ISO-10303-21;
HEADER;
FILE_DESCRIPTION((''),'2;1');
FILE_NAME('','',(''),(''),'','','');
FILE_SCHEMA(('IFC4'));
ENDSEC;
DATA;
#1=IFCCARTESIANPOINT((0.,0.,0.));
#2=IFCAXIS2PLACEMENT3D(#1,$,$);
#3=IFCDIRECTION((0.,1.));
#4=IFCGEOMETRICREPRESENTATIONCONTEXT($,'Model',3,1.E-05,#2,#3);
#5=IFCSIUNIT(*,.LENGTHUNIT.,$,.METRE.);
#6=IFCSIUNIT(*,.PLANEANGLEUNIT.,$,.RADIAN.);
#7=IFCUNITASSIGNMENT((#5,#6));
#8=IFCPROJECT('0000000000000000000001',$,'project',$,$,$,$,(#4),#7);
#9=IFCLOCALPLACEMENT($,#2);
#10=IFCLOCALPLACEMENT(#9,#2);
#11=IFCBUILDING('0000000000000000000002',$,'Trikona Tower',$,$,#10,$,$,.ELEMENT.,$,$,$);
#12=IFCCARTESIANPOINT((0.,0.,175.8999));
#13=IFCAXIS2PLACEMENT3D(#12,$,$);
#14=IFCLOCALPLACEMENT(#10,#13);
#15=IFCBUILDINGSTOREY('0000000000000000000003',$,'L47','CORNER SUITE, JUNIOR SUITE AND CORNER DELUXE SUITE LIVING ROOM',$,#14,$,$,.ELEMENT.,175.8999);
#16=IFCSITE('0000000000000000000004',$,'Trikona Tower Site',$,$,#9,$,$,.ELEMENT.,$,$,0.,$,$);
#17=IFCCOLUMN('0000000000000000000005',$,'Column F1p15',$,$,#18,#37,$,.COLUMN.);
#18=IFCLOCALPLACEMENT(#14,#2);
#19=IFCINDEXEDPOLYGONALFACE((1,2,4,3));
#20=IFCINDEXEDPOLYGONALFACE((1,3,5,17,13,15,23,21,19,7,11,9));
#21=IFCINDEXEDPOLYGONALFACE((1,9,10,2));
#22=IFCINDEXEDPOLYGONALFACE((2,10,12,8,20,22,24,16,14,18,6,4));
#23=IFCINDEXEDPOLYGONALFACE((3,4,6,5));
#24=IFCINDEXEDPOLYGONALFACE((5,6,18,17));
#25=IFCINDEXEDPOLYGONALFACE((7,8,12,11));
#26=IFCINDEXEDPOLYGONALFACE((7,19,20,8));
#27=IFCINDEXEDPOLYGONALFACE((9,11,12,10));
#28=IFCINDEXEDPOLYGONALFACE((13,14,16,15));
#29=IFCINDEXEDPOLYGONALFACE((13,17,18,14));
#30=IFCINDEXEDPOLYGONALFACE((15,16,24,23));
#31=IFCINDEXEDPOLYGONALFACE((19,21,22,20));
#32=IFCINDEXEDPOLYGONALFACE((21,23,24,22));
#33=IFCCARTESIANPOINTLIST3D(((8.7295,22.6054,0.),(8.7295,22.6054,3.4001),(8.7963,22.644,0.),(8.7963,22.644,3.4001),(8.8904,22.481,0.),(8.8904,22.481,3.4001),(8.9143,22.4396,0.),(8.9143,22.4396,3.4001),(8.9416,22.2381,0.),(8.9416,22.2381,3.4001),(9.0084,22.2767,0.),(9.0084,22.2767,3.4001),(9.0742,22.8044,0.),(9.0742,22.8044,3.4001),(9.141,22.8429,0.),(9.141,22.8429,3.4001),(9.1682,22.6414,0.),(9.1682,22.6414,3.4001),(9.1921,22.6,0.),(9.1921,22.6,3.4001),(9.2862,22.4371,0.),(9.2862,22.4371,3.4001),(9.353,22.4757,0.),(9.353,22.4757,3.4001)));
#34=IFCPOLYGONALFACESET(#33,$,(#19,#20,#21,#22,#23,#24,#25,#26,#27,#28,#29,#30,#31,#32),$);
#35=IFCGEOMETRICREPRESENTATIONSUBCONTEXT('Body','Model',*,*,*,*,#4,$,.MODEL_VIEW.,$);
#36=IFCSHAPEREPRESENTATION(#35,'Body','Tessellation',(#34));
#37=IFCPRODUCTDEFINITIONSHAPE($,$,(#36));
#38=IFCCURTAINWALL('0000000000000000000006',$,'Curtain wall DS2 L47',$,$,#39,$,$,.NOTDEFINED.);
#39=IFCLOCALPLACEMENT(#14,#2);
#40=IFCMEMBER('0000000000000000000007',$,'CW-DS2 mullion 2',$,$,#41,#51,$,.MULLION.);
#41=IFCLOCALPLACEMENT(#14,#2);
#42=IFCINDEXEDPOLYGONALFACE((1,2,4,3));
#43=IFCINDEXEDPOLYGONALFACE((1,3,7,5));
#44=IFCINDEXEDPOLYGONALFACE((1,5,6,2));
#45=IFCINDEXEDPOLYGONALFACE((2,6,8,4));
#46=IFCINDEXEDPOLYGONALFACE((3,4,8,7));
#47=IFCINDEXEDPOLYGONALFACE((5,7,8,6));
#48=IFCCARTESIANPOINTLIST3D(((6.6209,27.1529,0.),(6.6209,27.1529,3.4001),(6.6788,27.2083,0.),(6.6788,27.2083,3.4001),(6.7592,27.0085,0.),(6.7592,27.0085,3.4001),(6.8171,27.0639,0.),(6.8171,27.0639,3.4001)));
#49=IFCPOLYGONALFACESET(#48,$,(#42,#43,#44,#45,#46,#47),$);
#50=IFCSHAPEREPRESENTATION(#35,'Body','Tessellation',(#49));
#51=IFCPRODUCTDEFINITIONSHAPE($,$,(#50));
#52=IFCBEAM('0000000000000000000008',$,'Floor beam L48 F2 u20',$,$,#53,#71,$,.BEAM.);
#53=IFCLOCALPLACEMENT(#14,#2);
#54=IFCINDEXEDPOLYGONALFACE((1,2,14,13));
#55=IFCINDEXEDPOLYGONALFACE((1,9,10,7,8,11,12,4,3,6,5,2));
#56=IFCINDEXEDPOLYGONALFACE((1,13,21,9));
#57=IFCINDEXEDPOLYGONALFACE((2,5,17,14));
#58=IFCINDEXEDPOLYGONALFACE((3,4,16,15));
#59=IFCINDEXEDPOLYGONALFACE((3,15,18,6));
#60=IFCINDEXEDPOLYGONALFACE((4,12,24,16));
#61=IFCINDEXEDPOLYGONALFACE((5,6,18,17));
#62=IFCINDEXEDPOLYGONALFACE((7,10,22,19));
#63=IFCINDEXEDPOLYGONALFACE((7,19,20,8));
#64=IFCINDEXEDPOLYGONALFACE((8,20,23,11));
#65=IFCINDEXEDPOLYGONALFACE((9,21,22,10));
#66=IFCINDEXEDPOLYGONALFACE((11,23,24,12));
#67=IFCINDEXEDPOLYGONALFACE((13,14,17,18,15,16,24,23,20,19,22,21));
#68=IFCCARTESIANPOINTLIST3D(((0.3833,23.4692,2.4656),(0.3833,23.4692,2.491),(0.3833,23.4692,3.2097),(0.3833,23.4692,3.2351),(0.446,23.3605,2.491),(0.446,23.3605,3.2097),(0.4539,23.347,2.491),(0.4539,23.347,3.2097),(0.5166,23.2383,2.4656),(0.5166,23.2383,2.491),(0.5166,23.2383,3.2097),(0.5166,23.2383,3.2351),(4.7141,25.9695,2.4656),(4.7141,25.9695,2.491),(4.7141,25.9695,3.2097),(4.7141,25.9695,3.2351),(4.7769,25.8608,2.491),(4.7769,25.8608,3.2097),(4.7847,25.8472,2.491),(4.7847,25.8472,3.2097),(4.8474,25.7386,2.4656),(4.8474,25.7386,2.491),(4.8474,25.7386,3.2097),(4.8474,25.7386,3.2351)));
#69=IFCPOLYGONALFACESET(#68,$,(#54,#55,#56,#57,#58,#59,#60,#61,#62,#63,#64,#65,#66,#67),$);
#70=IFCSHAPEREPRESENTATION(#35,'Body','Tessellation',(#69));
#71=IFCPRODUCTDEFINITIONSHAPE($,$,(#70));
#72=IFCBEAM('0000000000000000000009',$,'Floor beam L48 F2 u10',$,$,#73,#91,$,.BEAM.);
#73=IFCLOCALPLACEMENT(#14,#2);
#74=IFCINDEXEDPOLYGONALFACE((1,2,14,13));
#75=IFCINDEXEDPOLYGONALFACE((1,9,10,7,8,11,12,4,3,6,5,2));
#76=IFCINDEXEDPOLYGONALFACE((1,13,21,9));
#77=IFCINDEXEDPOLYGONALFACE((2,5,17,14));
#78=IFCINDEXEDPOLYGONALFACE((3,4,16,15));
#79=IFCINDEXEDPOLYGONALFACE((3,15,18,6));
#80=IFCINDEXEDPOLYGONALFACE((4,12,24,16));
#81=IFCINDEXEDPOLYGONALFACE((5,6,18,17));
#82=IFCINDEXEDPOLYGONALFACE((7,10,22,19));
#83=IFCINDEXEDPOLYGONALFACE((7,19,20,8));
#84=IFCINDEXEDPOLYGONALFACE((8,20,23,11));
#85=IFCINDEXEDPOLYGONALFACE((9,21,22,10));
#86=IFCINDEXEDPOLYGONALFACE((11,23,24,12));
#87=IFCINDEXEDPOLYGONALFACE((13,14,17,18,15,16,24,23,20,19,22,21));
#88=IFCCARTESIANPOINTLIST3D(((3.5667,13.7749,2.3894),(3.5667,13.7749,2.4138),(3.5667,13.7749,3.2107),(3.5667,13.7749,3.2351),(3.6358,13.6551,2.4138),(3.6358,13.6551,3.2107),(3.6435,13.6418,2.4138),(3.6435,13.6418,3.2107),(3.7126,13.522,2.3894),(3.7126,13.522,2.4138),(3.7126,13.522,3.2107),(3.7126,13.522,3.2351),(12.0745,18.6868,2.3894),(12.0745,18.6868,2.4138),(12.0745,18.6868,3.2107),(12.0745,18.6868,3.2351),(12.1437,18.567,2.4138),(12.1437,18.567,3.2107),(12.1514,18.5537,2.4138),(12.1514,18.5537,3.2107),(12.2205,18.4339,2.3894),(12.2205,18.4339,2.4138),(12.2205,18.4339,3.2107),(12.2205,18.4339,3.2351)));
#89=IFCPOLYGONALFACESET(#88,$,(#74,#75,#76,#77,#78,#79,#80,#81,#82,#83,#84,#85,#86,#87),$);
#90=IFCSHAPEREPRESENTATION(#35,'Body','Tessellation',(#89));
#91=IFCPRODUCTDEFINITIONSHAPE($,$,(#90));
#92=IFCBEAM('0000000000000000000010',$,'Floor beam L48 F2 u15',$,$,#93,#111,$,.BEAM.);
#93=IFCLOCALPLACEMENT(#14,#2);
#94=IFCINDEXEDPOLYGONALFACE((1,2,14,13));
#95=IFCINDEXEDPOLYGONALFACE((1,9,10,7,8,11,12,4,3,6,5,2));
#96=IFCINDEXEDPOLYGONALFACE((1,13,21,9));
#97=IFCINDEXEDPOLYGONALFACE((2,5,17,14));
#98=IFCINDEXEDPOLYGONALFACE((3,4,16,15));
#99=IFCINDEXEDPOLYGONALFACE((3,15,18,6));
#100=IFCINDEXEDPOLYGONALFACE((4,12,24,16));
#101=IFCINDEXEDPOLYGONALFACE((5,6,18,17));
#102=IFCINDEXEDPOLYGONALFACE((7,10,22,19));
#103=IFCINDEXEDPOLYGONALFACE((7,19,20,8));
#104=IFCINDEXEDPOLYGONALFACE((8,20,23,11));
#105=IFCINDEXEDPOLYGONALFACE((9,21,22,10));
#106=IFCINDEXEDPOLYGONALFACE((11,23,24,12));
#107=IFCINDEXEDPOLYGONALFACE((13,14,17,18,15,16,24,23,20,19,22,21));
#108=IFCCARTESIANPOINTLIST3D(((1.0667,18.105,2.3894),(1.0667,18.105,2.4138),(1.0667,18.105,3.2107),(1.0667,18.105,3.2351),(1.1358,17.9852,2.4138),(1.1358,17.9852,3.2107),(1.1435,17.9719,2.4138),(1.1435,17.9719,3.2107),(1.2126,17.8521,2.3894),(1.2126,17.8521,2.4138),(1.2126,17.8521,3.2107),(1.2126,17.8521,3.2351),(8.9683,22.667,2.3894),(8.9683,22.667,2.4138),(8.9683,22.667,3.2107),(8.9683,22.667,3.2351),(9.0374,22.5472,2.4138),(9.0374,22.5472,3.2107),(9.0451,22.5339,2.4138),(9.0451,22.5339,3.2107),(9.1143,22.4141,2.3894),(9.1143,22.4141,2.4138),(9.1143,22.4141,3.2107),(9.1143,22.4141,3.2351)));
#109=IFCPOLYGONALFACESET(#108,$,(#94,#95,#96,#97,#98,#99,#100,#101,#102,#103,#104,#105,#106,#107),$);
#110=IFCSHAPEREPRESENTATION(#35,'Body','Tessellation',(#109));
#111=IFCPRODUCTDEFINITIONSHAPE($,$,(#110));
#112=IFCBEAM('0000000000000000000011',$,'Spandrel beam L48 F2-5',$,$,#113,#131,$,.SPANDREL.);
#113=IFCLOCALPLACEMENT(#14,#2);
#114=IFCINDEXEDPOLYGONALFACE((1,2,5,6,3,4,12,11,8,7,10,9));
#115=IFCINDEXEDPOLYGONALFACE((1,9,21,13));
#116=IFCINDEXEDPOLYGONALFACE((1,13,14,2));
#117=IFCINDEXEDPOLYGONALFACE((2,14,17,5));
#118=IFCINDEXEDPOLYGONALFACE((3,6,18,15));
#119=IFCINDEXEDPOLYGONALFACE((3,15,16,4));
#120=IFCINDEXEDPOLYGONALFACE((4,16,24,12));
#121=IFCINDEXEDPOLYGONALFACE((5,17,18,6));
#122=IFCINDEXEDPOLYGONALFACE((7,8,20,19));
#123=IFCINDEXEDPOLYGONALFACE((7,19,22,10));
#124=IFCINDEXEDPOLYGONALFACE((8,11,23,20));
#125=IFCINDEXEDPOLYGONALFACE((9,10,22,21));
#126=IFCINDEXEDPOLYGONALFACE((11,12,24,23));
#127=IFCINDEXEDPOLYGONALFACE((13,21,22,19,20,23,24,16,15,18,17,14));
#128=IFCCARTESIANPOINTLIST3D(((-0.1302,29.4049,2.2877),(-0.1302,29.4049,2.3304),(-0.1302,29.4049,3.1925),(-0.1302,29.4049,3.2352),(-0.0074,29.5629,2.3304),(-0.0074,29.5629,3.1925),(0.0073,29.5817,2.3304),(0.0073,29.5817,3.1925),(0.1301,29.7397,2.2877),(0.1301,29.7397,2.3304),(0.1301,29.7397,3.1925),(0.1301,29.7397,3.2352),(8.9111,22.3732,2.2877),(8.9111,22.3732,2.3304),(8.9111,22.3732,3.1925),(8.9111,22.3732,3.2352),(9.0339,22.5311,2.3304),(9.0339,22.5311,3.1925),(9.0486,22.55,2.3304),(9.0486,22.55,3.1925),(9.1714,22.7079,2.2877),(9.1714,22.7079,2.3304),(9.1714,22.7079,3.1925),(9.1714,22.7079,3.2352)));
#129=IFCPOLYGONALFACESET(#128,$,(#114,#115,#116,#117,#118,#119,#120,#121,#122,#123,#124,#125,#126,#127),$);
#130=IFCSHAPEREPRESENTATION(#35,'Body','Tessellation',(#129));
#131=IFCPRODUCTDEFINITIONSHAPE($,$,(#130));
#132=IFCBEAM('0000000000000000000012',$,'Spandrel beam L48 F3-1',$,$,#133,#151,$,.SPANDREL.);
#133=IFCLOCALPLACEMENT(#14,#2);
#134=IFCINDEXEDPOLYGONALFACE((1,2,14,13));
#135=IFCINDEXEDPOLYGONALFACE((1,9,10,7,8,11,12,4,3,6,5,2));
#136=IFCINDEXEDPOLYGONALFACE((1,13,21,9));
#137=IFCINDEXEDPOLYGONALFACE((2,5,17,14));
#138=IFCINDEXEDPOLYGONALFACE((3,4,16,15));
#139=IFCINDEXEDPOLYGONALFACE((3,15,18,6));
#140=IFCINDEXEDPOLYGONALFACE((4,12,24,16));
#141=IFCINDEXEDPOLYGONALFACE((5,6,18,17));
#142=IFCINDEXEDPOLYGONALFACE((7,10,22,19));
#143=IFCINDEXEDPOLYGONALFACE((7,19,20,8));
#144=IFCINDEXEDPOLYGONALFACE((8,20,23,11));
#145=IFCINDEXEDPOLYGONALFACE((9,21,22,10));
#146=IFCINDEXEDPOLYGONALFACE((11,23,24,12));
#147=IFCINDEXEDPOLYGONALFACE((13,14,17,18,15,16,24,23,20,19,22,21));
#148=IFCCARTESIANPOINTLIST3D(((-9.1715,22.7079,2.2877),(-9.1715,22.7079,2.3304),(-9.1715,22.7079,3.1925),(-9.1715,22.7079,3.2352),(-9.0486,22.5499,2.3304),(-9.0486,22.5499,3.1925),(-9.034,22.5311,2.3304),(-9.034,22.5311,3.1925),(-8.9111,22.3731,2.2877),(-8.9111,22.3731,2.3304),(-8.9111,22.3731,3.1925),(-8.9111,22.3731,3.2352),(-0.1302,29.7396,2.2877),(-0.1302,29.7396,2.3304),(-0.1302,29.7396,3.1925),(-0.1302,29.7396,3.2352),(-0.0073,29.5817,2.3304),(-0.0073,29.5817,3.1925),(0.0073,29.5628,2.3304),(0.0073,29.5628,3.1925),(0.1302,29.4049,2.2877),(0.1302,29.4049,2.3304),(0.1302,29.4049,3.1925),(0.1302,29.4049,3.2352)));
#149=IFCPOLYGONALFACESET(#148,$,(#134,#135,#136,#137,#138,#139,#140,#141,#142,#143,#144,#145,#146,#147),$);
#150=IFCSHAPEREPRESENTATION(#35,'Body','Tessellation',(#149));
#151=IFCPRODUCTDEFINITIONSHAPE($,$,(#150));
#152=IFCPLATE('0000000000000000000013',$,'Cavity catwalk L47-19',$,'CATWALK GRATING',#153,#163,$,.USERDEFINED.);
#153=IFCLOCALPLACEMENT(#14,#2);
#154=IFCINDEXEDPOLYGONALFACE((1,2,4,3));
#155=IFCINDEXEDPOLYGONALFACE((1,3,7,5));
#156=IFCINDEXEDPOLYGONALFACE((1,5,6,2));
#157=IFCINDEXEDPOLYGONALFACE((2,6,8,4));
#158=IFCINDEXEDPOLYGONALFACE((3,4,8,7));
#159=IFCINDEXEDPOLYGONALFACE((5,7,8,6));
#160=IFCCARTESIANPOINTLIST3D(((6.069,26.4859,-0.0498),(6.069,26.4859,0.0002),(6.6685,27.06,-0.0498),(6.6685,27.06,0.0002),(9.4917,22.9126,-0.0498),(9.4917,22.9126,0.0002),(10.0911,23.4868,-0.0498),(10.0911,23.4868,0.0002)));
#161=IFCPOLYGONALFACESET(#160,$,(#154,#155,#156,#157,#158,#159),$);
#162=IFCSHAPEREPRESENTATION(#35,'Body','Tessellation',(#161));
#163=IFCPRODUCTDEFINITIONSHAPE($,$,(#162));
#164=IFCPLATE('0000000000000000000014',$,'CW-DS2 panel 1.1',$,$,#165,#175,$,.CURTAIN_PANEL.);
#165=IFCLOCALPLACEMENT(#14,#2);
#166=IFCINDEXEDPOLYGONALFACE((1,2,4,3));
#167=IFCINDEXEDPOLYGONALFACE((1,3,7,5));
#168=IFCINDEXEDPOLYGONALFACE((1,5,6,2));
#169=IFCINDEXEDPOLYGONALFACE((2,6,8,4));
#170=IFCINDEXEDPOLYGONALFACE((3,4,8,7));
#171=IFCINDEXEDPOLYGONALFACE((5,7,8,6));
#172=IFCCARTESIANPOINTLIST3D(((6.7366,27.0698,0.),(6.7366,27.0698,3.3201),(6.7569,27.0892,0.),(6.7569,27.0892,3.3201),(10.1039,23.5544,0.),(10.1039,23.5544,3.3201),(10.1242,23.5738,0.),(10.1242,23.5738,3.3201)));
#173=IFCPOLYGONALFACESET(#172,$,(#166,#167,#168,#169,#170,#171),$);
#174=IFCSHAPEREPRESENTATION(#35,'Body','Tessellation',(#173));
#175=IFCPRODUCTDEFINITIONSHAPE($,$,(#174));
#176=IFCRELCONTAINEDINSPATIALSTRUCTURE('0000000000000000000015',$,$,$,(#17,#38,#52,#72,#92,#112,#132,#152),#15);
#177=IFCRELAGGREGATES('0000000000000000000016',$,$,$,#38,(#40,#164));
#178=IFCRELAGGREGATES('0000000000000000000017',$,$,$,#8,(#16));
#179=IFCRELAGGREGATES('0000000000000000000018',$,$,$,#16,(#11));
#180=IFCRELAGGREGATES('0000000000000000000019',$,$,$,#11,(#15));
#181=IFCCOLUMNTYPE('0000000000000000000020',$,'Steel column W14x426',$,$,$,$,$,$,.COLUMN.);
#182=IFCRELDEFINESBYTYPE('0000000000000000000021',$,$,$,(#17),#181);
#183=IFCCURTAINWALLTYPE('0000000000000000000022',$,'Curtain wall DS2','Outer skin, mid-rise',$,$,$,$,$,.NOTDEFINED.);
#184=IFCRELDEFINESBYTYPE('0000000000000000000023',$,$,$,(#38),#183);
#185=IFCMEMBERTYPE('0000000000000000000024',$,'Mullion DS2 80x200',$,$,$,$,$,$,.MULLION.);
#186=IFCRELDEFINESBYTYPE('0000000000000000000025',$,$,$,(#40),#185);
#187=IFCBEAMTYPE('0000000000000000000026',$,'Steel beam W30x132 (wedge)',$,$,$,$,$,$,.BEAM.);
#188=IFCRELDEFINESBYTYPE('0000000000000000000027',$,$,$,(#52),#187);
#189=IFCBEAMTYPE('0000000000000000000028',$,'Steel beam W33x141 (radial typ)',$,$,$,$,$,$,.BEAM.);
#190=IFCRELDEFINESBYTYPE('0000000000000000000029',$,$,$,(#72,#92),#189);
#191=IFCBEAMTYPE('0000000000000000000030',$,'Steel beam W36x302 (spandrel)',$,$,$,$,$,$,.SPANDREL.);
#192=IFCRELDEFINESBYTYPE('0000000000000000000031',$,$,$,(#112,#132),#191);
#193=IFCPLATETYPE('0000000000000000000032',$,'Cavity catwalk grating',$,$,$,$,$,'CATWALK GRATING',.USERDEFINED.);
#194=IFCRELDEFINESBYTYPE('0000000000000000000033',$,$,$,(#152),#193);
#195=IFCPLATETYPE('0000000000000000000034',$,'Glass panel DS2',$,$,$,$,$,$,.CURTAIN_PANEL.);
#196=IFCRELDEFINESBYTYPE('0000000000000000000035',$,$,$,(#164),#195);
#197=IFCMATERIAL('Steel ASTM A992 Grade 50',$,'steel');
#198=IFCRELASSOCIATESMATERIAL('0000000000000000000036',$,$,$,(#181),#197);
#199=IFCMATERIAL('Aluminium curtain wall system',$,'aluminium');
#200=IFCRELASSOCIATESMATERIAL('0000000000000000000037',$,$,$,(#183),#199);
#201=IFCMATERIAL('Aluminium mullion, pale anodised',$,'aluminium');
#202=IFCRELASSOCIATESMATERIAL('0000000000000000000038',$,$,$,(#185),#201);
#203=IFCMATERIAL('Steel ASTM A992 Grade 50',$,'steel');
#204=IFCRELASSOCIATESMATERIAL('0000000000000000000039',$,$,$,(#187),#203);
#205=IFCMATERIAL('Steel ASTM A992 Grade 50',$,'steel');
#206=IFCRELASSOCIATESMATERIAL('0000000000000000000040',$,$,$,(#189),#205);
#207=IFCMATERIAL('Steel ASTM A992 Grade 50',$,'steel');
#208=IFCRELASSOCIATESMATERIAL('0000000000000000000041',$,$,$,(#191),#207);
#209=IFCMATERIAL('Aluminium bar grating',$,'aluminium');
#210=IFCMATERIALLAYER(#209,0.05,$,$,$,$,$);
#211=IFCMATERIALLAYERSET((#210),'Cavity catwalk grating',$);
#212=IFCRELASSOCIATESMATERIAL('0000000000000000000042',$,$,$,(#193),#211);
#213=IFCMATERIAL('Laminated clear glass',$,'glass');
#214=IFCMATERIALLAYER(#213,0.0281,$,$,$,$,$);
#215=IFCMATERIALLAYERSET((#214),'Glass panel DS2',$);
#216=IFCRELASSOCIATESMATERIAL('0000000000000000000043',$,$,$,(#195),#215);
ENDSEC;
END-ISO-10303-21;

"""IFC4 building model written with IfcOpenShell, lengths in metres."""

from ifc_helpers import new_model, si_unit, direction, frame, origin, origin_2d, place, context, subcontext, project, spatial, rectangle, i_section, extrude, material, layer, layer_set, material_profile, profile_set, type_object, element, aggregate, save


model = new_model("IFC4")

# Units and contexts
model_context = context("Model", 3, precision=1e-05, world=origin(), true_north=direction((0.0, 1.0)))
body_context = subcontext(model_context, "Body", "Model", "MODEL_VIEW")
ifc_project = project(units=[si_unit("LENGTHUNIT", "METRE"), si_unit("PLANEANGLEUNIT", "RADIAN")], contexts=[model_context])

# Site, building, storey
site_placement = place(None, origin())
site = spatial("IfcSite", under=ifc_project, at=site_placement, Name="Trikona Tower Site", CompositionType="ELEMENT", RefElevation=0.0)
building_placement = place(site_placement, origin())
building = spatial("IfcBuilding", under=site, at=building_placement, Name="Trikona Tower", CompositionType="ELEMENT")
storey_placement = place(building_placement, frame((0.0, 0.0, 175.8999)))
storey = spatial("IfcBuildingStorey", under=building, at=storey_placement, Name="L47", Description="CORNER SUITE, JUNIOR SUITE AND CORNER DELUXE SUITE LIVING ROOM", CompositionType="ELEMENT", Elevation=175.8999)

# Column
ifc_material_1 = material(Name="Steel ASTM A992 Grade 50", Category="steel")
ifc_material_profile_1 = material_profile(ifc_material_1, i_section(OverallWidth=0.4241, OverallDepth=0.4751, WebThickness=0.0479, FlangeThickness=0.0771, at=origin_2d()), Name="W14X426")
ifc_profile_set_1 = profile_set([ifc_material_profile_1], Name="Steel ASTM A992 Grade 50")
column_type = type_object("IfcColumnType", Name="Steel column W14x426", PredefinedType="COLUMN", material=ifc_profile_set_1)
column_placement = place(storey_placement, frame((9.0413, 22.5405, 0.0), z_axis=(0.0, 0.0, 1.0), x_axis=(-0.5, 0.866025, 0.0)))
element("IfcColumn", 1, at=column_placement, inside=storey, type_object=column_type, Name="Column F1p15", PredefinedType="COLUMN", context=body_context, shape_type="SweptSolid", body=[
    extrude(i_section(OverallWidth=0.4241, OverallDepth=0.4751, WebThickness=0.0479, FlangeThickness=0.0771, at=origin_2d()), origin(), (0.0, 0.0, 1.0), 3.4001),
])

# Curtain wall, member
ifc_material_2 = material(Name="Aluminium curtain wall system", Category="aluminium")
curtain_wall_type = type_object("IfcCurtainWallType", Name="Curtain wall DS2", Description="Outer skin, mid-rise", PredefinedType="NOTDEFINED", material=ifc_material_2)
curtain_wall_placement = place(storey_placement, origin())
curtain_wall = element("IfcCurtainWall", 2, at=curtain_wall_placement, inside=storey, type_object=curtain_wall_type, Name="Curtain wall DS2 L47", PredefinedType="NOTDEFINED")
ifc_material_3 = material(Name="Aluminium mullion, pale anodised", Category="aluminium")
ifc_material_profile_2 = material_profile(ifc_material_3, rectangle(XDim=0.0801, YDim=0.2, at=origin_2d()), Name="MUL-DS2")
ifc_profile_set_2 = profile_set([ifc_material_profile_2], Name="Aluminium mullion, pale anodised")
member_type = type_object("IfcMemberType", Name="Mullion DS2 80x200", PredefinedType="MULLION", material=ifc_profile_set_2)
member_placement = place(storey_placement, frame((6.719, 27.1084, 0.0), z_axis=(0.0, 0.0, 1.0), x_axis=(-0.722158, -0.691728, 0.0)))
member = element("IfcMember", 3, at=member_placement, type_object=member_type, Name="CW-DS2 mullion 2", PredefinedType="MULLION", context=body_context, shape_type="SweptSolid", body=[
    extrude(rectangle(XDim=0.0801, YDim=0.2, at=origin_2d()), origin(), (0.0, 0.0, 1.0), 3.4001),
])

# Beams
ifc_material_4 = material(Name="Steel ASTM A992 Grade 50", Category="steel")
ifc_material_profile_3 = material_profile(ifc_material_4, i_section(OverallWidth=0.2666, OverallDepth=0.7695, WebThickness=0.0156, FlangeThickness=0.0254, at=origin_2d()), Name="W30X132")
ifc_profile_set_3 = profile_set([ifc_material_profile_3], Name="Steel ASTM A992 Grade 50")
beam_type_1 = type_object("IfcBeamType", Name="Steel beam W30x132 (wedge)", PredefinedType="BEAM", material=ifc_profile_set_3)
beam_1_placement = place(storey_placement, frame((0.45, 23.3538, 2.8503), z_axis=(0.866038, 0.499977, 0.0), x_axis=(-0.499977, 0.866038, 0.0)))
element("IfcBeam", 4, at=beam_1_placement, inside=storey, type_object=beam_type_1, Name="Floor beam L48 F2 u20", PredefinedType="BEAM", context=body_context, shape_type="SweptSolid", body=[
    extrude(i_section(OverallWidth=0.2666, OverallDepth=0.7695, WebThickness=0.0156, FlangeThickness=0.0254, at=origin_2d()), origin(), (0.0, 0.0, 1.0), 5.0007),
])
ifc_material_5 = material(Name="Steel ASTM A992 Grade 50", Category="steel")
ifc_material_profile_4 = material_profile(ifc_material_5, i_section(OverallWidth=0.292, OverallDepth=0.8457, WebThickness=0.0154, FlangeThickness=0.0244, at=origin_2d()), Name="W33X141")
ifc_profile_set_4 = profile_set([ifc_material_profile_4], Name="Steel ASTM A992 Grade 50")
beam_type_2 = type_object("IfcBeamType", Name="Steel beam W33x141 (radial typ)", PredefinedType="BEAM", material=ifc_profile_set_4)
beam_2_placement = place(storey_placement, frame((3.6396, 13.6484, 2.8123), z_axis=(0.866031, 0.499991, 0.0), x_axis=(-0.499991, 0.866031, 0.0)))
element("IfcBeam", 5, at=beam_2_placement, inside=storey, type_object=beam_type_2, Name="Floor beam L48 F2 u10", PredefinedType="BEAM", context=body_context, shape_type="SweptSolid", body=[
    extrude(i_section(OverallWidth=0.292, OverallDepth=0.8457, WebThickness=0.0154, FlangeThickness=0.0244, at=origin_2d()), origin(), (0.0, 0.0, 1.0), 9.824),
])
beam_3_placement = place(storey_placement, frame((1.1396, 17.9785, 2.8123), z_axis=(0.866025, 0.500001, 0.0), x_axis=(-0.500001, 0.866025, 0.0)))
element("IfcBeam", 6, at=beam_3_placement, inside=storey, type_object=beam_type_2, Name="Floor beam L48 F2 u15", PredefinedType="BEAM", context=body_context, shape_type="SweptSolid", body=[
    extrude(i_section(OverallWidth=0.292, OverallDepth=0.8457, WebThickness=0.0154, FlangeThickness=0.0244, at=origin_2d()), origin(), (0.0, 0.0, 1.0), 9.124),
])
ifc_material_6 = material(Name="Steel ASTM A992 Grade 50", Category="steel")
ifc_material_profile_5 = material_profile(ifc_material_6, i_section(OverallWidth=0.4241, OverallDepth=0.9475, WebThickness=0.0239, FlangeThickness=0.0427, at=origin_2d()), Name="W36X302")
ifc_profile_set_5 = profile_set([ifc_material_profile_5], Name="Steel ASTM A992 Grade 50")
beam_type_3 = type_object("IfcBeamType", Name="Steel beam W36x302 (spandrel)", PredefinedType="SPANDREL", material=ifc_profile_set_5)
for number, where, z_axis, x_axis, name in (
    (7, (9.0413, 22.5405, 2.7615), (-0.789367, 0.613921, 0.0), (-0.613921, -0.789367, 0.0), "Spandrel beam L48 F2-5"),
    (8, (0.0, 29.5723, 2.7615), (-0.789367, -0.613921, 0.0), (0.613921, -0.789367, 0.0), "Spandrel beam L48 F3-1"),
):
    element("IfcBeam", number, at=place(storey_placement, frame(where, z_axis=z_axis, x_axis=x_axis)), inside=storey, type_object=beam_type_3, Name=name, PredefinedType="SPANDREL", context=body_context, shape_type="SweptSolid", body=[
        extrude(i_section(OverallWidth=0.4241, OverallDepth=0.9475, WebThickness=0.0239, FlangeThickness=0.0427, at=origin_2d()), origin(), (0.0, 0.0, 1.0), 11.4539),
    ])

# Plates
ifc_material_7 = material(Name="Aluminium bar grating", Category="aluminium")
ifc_layer_1 = layer(ifc_material_7, 0.05)
ifc_layer_set_1 = layer_set([ifc_layer_1], Name="Cavity catwalk grating")
plate_type_1 = type_object("IfcPlateType", Name="Cavity catwalk grating", ElementType="CATWALK GRATING", PredefinedType="USERDEFINED", material=ifc_layer_set_1)
plate_1_placement = place(storey_placement, frame((8.0801, 24.9863, -0.0498), z_axis=(0.0, 0.0, 1.0), x_axis=(-0.691724, 0.722162, 0.0)))
element("IfcPlate", 9, at=plate_1_placement, inside=storey, type_object=plate_type_1, Name="Cavity catwalk L47-19", ObjectType="CATWALK GRATING", PredefinedType="USERDEFINED", context=body_context, shape_type="SweptSolid", body=[
    extrude(rectangle(XDim=4.948, YDim=0.8301, at=origin_2d()), origin(), (0.0, 0.0, 1.0), 0.05),
])
ifc_material_8 = material(Name="Laminated clear glass", Category="glass")
ifc_layer_2 = layer(ifc_material_8, 0.0281)
ifc_layer_set_2 = layer_set([ifc_layer_2], Name="Glass panel DS2")
plate_type_2 = type_object("IfcPlateType", Name="Glass panel DS2", PredefinedType="CURTAIN_PANEL", material=ifc_layer_set_2)
plate_2_placement = place(storey_placement, frame((8.4304, 25.3218, 0.0), z_axis=(0.0, 0.0, 1.0), x_axis=(-0.691728, 0.722158, 0.0)))
plate_2 = element("IfcPlate", 10, at=plate_2_placement, type_object=plate_type_2, Name="CW-DS2 panel 1.1", PredefinedType="CURTAIN_PANEL", context=body_context, shape_type="SweptSolid", body=[
    extrude(rectangle(XDim=4.8679, YDim=0.0281, at=origin_2d()), origin(), (0.0, 0.0, 1.0), 3.3201),
])
aggregate(curtain_wall, [member, plate_2])

save(model, "model.ifc")
